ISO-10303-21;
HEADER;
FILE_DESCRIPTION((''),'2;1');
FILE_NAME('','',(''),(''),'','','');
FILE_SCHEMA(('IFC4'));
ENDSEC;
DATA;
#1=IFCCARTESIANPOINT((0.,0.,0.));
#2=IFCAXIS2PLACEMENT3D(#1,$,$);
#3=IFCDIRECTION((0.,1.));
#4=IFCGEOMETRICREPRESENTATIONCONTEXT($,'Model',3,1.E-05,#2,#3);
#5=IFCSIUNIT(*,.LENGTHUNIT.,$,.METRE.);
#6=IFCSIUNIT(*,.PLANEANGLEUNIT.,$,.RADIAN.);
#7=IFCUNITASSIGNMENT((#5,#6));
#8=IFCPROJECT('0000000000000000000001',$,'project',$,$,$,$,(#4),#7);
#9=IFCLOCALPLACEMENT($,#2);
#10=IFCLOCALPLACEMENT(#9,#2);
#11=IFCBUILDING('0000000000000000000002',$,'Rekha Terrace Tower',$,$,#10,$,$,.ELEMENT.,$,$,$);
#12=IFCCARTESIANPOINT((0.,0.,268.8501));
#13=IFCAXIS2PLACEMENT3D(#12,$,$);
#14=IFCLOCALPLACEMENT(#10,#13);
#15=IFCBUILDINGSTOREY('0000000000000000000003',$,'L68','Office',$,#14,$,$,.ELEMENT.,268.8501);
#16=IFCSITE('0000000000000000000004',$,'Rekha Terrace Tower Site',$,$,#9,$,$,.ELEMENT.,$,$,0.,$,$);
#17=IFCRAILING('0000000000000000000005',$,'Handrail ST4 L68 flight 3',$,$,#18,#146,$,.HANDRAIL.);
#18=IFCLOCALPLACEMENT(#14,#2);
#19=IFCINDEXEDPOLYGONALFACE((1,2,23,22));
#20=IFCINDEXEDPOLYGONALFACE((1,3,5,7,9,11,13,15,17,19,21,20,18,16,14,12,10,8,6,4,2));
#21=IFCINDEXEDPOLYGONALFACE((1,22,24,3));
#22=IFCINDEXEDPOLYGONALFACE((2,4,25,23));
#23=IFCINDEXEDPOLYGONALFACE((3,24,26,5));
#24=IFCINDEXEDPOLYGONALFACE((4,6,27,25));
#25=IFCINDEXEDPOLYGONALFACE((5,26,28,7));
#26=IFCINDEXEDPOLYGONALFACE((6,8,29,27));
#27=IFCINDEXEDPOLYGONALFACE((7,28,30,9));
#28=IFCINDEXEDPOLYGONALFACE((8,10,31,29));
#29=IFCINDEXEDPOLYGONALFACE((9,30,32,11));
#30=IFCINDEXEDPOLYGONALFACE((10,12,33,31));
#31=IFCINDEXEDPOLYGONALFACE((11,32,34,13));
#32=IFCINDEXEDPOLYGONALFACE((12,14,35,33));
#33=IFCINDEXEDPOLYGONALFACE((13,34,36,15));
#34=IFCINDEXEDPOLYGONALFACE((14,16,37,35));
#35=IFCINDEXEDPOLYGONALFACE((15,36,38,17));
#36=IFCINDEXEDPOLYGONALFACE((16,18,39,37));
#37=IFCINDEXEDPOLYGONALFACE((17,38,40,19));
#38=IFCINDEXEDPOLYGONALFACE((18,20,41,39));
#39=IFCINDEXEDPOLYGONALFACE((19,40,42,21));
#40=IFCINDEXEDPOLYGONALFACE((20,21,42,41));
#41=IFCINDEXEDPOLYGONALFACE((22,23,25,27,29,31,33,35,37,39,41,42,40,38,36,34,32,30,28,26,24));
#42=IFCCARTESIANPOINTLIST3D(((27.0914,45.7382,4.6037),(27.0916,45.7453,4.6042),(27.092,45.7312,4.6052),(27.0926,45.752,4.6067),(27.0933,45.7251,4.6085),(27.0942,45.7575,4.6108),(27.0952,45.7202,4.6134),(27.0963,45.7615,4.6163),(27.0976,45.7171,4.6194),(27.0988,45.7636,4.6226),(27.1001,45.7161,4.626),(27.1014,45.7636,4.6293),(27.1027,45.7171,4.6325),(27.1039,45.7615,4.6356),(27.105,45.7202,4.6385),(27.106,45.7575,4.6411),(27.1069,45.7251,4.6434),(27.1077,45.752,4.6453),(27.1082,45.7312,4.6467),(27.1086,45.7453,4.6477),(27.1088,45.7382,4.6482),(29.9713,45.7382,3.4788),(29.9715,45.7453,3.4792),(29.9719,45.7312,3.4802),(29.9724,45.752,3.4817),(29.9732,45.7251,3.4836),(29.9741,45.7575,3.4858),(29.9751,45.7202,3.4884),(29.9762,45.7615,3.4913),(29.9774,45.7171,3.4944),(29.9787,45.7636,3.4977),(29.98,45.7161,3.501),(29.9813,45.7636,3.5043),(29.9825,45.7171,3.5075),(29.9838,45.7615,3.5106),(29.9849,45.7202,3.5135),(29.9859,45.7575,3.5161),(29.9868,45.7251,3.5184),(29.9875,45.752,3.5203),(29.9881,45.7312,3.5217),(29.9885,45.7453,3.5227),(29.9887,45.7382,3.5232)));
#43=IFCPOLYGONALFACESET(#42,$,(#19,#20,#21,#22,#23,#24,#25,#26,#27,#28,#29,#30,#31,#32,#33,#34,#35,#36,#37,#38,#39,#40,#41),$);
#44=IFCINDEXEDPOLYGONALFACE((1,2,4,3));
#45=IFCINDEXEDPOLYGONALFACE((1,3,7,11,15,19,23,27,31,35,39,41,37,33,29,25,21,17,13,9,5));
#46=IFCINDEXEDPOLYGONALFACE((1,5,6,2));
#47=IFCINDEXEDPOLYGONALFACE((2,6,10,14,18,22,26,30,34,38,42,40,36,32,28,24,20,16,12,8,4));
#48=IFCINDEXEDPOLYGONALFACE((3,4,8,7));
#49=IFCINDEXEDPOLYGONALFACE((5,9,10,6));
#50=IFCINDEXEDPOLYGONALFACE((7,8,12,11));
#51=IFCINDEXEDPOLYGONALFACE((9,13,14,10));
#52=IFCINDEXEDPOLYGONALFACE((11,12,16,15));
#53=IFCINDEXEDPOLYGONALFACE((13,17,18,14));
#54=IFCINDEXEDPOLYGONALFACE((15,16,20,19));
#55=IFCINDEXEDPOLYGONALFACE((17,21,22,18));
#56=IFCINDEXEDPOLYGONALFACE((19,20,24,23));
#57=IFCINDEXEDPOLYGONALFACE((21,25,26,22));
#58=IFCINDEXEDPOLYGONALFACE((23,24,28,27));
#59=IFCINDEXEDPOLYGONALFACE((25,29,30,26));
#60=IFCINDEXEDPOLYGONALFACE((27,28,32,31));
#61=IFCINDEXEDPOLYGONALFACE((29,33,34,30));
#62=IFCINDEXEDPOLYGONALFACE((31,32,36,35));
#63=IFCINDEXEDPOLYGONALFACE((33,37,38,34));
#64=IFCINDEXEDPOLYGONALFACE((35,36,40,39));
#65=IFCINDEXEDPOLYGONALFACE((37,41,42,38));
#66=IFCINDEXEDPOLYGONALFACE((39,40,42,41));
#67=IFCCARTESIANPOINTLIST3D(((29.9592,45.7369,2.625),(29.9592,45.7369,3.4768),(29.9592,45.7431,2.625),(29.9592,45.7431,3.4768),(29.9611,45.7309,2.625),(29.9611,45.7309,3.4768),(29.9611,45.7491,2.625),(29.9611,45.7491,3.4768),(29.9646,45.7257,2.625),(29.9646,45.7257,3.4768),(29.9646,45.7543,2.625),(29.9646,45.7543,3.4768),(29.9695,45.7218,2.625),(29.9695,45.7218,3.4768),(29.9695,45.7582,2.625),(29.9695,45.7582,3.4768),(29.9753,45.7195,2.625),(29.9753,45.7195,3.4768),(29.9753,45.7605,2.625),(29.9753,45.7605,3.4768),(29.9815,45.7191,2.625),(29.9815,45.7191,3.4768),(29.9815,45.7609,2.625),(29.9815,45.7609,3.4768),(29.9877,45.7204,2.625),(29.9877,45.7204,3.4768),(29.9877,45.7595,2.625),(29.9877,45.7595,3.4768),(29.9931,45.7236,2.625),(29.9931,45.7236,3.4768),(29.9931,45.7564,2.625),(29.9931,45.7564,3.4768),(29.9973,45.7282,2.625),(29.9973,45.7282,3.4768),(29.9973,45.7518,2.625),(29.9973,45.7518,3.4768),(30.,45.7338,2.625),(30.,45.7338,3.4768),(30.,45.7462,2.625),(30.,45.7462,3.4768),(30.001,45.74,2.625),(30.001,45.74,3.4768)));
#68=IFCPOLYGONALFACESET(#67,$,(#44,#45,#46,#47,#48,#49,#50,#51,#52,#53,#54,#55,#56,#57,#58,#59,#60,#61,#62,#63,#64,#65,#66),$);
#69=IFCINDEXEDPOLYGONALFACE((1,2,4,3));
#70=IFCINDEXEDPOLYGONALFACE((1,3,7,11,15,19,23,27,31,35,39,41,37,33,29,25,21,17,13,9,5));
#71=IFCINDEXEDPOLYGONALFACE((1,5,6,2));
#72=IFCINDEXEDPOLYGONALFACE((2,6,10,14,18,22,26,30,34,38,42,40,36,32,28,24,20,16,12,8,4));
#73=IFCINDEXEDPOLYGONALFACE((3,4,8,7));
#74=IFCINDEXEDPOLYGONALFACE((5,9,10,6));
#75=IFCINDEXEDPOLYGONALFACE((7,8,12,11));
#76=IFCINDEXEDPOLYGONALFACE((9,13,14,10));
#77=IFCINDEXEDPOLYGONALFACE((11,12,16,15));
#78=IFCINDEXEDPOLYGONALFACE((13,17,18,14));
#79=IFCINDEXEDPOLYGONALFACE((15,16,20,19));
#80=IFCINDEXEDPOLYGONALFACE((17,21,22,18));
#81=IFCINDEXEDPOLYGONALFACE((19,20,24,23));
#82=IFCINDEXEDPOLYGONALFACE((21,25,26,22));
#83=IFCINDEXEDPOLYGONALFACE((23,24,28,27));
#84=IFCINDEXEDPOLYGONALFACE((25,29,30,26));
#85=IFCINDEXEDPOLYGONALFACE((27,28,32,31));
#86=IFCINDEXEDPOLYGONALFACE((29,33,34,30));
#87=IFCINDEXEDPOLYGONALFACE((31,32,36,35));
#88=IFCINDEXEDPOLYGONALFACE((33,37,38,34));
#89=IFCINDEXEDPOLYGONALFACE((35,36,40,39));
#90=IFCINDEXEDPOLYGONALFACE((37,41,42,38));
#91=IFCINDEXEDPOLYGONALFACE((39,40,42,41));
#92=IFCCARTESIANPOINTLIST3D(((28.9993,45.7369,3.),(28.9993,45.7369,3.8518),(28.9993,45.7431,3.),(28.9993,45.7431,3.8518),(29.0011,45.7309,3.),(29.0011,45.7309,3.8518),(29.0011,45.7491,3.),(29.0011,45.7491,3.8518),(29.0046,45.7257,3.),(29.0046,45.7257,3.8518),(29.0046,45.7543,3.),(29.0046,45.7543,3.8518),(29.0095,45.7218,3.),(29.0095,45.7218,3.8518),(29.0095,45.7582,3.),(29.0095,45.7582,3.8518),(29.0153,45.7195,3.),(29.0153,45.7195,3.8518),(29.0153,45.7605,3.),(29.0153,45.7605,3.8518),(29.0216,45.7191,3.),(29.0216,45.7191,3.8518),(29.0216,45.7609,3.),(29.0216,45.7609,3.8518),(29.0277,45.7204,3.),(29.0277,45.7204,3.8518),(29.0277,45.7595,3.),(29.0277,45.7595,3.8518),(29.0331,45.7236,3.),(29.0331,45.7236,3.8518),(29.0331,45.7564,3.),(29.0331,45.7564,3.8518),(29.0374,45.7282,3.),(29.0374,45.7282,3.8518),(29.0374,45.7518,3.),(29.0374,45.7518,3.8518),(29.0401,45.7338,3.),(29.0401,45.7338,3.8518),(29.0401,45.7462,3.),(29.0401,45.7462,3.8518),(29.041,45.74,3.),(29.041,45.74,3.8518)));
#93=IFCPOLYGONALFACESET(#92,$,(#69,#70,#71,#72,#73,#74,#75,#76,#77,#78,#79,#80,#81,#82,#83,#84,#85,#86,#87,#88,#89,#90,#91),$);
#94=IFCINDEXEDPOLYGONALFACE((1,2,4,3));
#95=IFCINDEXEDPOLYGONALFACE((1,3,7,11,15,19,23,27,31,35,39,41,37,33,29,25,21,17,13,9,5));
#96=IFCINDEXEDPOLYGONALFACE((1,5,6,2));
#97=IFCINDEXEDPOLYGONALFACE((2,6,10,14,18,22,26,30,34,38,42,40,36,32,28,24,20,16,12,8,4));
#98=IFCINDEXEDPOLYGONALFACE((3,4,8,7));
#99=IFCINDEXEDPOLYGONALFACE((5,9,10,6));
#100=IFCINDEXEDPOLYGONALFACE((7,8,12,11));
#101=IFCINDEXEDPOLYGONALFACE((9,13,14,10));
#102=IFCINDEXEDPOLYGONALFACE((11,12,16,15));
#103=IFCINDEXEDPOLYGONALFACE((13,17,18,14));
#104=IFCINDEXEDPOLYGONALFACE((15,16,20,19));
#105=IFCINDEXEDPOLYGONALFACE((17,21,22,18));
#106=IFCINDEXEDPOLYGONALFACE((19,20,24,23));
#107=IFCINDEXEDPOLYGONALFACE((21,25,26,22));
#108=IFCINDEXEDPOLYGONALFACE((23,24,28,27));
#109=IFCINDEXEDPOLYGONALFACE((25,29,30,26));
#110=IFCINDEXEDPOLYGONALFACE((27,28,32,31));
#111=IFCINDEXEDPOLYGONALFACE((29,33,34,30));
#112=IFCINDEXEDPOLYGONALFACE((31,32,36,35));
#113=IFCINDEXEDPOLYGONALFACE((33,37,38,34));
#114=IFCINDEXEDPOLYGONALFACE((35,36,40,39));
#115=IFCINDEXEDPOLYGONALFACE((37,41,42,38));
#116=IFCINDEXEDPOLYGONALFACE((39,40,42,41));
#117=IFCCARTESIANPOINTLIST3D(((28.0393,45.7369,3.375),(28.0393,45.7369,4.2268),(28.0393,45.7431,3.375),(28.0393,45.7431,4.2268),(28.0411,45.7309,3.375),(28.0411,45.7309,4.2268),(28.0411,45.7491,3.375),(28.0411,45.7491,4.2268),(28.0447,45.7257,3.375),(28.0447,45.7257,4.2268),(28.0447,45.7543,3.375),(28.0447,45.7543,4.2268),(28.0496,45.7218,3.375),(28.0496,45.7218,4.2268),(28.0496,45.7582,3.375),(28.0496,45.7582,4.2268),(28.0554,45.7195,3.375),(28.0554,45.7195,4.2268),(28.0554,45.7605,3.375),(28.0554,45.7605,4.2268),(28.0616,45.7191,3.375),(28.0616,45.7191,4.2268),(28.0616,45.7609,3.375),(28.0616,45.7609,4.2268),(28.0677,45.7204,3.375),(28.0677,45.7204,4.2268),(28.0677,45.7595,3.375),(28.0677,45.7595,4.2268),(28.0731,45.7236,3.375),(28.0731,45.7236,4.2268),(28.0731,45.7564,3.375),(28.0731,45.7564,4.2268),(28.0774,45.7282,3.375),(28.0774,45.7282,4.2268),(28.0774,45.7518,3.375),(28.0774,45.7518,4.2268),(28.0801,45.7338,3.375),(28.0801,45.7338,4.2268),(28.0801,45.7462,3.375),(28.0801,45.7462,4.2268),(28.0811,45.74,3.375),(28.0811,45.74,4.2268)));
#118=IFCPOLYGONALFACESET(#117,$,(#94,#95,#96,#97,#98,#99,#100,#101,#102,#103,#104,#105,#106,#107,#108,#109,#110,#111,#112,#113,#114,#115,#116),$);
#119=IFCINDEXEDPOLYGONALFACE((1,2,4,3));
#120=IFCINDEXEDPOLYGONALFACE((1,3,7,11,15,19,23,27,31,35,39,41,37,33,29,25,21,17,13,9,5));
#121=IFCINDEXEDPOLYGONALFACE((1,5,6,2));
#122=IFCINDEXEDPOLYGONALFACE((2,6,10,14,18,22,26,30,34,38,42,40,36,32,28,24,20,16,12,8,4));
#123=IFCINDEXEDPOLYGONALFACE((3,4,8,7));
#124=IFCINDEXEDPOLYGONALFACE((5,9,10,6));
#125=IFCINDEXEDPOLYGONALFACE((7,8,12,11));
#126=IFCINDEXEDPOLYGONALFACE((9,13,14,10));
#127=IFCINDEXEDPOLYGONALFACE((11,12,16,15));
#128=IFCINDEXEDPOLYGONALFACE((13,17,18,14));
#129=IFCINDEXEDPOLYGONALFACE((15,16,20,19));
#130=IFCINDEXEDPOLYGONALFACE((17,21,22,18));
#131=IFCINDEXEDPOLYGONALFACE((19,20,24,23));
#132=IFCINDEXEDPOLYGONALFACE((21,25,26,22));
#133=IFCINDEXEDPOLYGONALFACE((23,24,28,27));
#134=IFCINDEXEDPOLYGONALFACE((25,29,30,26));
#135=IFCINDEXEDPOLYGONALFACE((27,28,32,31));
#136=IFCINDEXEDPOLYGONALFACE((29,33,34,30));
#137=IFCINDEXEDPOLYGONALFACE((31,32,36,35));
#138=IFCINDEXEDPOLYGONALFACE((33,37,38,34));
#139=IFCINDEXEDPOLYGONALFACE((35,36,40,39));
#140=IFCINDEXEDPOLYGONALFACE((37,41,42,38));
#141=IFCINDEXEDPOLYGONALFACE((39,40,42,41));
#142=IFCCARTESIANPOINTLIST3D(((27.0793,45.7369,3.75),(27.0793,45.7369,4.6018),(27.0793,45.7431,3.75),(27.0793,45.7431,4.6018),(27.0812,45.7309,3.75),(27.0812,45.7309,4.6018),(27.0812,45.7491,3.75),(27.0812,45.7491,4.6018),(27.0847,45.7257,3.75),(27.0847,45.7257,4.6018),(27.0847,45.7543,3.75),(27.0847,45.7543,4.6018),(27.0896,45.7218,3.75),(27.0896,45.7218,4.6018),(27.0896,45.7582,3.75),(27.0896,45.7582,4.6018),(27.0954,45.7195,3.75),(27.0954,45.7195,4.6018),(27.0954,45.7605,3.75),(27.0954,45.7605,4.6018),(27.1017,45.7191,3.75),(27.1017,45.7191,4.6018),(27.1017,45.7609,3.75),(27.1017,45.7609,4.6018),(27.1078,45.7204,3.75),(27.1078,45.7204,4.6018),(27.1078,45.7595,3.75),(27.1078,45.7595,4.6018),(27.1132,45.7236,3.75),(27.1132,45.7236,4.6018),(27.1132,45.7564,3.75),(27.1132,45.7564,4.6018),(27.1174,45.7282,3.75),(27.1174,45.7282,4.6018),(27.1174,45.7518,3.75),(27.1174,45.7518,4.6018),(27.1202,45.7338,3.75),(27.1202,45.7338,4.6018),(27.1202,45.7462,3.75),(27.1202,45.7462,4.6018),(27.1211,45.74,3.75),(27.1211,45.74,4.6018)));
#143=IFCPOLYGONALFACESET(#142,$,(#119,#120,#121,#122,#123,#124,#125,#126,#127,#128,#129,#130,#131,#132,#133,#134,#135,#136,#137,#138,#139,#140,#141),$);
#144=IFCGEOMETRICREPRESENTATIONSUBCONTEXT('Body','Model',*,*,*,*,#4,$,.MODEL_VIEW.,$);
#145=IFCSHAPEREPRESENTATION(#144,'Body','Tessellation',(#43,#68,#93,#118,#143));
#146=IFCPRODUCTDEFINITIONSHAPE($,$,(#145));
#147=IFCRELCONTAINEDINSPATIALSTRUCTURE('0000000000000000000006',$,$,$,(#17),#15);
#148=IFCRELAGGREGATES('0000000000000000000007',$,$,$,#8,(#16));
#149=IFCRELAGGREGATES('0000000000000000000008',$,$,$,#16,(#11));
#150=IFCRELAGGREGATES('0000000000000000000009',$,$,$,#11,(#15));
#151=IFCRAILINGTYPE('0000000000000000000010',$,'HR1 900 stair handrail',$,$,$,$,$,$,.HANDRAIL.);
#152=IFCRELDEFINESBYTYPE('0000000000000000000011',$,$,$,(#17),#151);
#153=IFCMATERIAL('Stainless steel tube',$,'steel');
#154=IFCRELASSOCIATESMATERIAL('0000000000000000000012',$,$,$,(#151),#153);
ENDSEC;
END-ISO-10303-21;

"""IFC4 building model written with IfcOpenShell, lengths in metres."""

from ifc_helpers import new_model, si_unit, direction, frame, origin, origin_2d, place, context, subcontext, project, spatial, circle, extrude, material, type_object, element, save


model = new_model("IFC4")

# Units and contexts
model_context = context("Model", 3, precision=1e-05, world=origin(), true_north=direction((0.0, 1.0)))
body_context = subcontext(model_context, "Body", "Model", "MODEL_VIEW")
ifc_project = project(units=[si_unit("LENGTHUNIT", "METRE"), si_unit("PLANEANGLEUNIT", "RADIAN")], contexts=[model_context])

# Site, building, storey
site_placement = place(None, origin())
site = spatial("IfcSite", under=ifc_project, at=site_placement, Name="Rekha Terrace Tower Site", CompositionType="ELEMENT", RefElevation=0.0)
building_placement = place(site_placement, origin())
building = spatial("IfcBuilding", under=site, at=building_placement, Name="Rekha Terrace Tower", CompositionType="ELEMENT")
storey_placement = place(building_placement, frame((0.0, 0.0, 268.8501)))
storey = spatial("IfcBuildingStorey", under=building, at=storey_placement, Name="L68", Description="Office", CompositionType="ELEMENT", Elevation=268.8501)

# Railing
ifc_material_1 = material(Name="Stainless steel tube", Category="steel")
railing_type_1 = type_object("IfcRailingType", Name="HR1 900 stair handrail", PredefinedType="HANDRAIL", material=ifc_material_1)
railing_1_placement = place(storey_placement, frame((29.98, 45.74, 2.625)))
element("IfcRailing", 1, at=railing_1_placement, inside=storey, type_object=railing_type_1, Name="Handrail ST4 L68 flight 3", PredefinedType="HANDRAIL", context=body_context, shape_type="SweptSolid", body=[
    extrude(circle(Radius=0.0239, at=origin_2d()), frame((0.0, 0.0, 0.876), z_axis=(-0.931452, 0.0, 0.363863), x_axis=(0.0, -1.0, 0.0)), (0.0, 0.0, 1.0), 3.0918),
    extrude(circle(Radius=0.021, at=origin_2d()), origin(), (0.0, 0.0, 1.0), 0.8518),
    extrude(circle(Radius=0.021, at=origin_2d()), frame((-0.96, 0.0, 0.375)), (0.0, 0.0, 1.0), 0.8518),
    extrude(circle(Radius=0.021, at=origin_2d()), frame((-1.9199, 0.0, 0.75)), (0.0, 0.0, 1.0), 0.8518),
    extrude(circle(Radius=0.021, at=origin_2d()), frame((-2.8799, 0.0, 1.125)), (0.0, 0.0, 1.0), 0.8518),
])

save(model, "model.ifc")
